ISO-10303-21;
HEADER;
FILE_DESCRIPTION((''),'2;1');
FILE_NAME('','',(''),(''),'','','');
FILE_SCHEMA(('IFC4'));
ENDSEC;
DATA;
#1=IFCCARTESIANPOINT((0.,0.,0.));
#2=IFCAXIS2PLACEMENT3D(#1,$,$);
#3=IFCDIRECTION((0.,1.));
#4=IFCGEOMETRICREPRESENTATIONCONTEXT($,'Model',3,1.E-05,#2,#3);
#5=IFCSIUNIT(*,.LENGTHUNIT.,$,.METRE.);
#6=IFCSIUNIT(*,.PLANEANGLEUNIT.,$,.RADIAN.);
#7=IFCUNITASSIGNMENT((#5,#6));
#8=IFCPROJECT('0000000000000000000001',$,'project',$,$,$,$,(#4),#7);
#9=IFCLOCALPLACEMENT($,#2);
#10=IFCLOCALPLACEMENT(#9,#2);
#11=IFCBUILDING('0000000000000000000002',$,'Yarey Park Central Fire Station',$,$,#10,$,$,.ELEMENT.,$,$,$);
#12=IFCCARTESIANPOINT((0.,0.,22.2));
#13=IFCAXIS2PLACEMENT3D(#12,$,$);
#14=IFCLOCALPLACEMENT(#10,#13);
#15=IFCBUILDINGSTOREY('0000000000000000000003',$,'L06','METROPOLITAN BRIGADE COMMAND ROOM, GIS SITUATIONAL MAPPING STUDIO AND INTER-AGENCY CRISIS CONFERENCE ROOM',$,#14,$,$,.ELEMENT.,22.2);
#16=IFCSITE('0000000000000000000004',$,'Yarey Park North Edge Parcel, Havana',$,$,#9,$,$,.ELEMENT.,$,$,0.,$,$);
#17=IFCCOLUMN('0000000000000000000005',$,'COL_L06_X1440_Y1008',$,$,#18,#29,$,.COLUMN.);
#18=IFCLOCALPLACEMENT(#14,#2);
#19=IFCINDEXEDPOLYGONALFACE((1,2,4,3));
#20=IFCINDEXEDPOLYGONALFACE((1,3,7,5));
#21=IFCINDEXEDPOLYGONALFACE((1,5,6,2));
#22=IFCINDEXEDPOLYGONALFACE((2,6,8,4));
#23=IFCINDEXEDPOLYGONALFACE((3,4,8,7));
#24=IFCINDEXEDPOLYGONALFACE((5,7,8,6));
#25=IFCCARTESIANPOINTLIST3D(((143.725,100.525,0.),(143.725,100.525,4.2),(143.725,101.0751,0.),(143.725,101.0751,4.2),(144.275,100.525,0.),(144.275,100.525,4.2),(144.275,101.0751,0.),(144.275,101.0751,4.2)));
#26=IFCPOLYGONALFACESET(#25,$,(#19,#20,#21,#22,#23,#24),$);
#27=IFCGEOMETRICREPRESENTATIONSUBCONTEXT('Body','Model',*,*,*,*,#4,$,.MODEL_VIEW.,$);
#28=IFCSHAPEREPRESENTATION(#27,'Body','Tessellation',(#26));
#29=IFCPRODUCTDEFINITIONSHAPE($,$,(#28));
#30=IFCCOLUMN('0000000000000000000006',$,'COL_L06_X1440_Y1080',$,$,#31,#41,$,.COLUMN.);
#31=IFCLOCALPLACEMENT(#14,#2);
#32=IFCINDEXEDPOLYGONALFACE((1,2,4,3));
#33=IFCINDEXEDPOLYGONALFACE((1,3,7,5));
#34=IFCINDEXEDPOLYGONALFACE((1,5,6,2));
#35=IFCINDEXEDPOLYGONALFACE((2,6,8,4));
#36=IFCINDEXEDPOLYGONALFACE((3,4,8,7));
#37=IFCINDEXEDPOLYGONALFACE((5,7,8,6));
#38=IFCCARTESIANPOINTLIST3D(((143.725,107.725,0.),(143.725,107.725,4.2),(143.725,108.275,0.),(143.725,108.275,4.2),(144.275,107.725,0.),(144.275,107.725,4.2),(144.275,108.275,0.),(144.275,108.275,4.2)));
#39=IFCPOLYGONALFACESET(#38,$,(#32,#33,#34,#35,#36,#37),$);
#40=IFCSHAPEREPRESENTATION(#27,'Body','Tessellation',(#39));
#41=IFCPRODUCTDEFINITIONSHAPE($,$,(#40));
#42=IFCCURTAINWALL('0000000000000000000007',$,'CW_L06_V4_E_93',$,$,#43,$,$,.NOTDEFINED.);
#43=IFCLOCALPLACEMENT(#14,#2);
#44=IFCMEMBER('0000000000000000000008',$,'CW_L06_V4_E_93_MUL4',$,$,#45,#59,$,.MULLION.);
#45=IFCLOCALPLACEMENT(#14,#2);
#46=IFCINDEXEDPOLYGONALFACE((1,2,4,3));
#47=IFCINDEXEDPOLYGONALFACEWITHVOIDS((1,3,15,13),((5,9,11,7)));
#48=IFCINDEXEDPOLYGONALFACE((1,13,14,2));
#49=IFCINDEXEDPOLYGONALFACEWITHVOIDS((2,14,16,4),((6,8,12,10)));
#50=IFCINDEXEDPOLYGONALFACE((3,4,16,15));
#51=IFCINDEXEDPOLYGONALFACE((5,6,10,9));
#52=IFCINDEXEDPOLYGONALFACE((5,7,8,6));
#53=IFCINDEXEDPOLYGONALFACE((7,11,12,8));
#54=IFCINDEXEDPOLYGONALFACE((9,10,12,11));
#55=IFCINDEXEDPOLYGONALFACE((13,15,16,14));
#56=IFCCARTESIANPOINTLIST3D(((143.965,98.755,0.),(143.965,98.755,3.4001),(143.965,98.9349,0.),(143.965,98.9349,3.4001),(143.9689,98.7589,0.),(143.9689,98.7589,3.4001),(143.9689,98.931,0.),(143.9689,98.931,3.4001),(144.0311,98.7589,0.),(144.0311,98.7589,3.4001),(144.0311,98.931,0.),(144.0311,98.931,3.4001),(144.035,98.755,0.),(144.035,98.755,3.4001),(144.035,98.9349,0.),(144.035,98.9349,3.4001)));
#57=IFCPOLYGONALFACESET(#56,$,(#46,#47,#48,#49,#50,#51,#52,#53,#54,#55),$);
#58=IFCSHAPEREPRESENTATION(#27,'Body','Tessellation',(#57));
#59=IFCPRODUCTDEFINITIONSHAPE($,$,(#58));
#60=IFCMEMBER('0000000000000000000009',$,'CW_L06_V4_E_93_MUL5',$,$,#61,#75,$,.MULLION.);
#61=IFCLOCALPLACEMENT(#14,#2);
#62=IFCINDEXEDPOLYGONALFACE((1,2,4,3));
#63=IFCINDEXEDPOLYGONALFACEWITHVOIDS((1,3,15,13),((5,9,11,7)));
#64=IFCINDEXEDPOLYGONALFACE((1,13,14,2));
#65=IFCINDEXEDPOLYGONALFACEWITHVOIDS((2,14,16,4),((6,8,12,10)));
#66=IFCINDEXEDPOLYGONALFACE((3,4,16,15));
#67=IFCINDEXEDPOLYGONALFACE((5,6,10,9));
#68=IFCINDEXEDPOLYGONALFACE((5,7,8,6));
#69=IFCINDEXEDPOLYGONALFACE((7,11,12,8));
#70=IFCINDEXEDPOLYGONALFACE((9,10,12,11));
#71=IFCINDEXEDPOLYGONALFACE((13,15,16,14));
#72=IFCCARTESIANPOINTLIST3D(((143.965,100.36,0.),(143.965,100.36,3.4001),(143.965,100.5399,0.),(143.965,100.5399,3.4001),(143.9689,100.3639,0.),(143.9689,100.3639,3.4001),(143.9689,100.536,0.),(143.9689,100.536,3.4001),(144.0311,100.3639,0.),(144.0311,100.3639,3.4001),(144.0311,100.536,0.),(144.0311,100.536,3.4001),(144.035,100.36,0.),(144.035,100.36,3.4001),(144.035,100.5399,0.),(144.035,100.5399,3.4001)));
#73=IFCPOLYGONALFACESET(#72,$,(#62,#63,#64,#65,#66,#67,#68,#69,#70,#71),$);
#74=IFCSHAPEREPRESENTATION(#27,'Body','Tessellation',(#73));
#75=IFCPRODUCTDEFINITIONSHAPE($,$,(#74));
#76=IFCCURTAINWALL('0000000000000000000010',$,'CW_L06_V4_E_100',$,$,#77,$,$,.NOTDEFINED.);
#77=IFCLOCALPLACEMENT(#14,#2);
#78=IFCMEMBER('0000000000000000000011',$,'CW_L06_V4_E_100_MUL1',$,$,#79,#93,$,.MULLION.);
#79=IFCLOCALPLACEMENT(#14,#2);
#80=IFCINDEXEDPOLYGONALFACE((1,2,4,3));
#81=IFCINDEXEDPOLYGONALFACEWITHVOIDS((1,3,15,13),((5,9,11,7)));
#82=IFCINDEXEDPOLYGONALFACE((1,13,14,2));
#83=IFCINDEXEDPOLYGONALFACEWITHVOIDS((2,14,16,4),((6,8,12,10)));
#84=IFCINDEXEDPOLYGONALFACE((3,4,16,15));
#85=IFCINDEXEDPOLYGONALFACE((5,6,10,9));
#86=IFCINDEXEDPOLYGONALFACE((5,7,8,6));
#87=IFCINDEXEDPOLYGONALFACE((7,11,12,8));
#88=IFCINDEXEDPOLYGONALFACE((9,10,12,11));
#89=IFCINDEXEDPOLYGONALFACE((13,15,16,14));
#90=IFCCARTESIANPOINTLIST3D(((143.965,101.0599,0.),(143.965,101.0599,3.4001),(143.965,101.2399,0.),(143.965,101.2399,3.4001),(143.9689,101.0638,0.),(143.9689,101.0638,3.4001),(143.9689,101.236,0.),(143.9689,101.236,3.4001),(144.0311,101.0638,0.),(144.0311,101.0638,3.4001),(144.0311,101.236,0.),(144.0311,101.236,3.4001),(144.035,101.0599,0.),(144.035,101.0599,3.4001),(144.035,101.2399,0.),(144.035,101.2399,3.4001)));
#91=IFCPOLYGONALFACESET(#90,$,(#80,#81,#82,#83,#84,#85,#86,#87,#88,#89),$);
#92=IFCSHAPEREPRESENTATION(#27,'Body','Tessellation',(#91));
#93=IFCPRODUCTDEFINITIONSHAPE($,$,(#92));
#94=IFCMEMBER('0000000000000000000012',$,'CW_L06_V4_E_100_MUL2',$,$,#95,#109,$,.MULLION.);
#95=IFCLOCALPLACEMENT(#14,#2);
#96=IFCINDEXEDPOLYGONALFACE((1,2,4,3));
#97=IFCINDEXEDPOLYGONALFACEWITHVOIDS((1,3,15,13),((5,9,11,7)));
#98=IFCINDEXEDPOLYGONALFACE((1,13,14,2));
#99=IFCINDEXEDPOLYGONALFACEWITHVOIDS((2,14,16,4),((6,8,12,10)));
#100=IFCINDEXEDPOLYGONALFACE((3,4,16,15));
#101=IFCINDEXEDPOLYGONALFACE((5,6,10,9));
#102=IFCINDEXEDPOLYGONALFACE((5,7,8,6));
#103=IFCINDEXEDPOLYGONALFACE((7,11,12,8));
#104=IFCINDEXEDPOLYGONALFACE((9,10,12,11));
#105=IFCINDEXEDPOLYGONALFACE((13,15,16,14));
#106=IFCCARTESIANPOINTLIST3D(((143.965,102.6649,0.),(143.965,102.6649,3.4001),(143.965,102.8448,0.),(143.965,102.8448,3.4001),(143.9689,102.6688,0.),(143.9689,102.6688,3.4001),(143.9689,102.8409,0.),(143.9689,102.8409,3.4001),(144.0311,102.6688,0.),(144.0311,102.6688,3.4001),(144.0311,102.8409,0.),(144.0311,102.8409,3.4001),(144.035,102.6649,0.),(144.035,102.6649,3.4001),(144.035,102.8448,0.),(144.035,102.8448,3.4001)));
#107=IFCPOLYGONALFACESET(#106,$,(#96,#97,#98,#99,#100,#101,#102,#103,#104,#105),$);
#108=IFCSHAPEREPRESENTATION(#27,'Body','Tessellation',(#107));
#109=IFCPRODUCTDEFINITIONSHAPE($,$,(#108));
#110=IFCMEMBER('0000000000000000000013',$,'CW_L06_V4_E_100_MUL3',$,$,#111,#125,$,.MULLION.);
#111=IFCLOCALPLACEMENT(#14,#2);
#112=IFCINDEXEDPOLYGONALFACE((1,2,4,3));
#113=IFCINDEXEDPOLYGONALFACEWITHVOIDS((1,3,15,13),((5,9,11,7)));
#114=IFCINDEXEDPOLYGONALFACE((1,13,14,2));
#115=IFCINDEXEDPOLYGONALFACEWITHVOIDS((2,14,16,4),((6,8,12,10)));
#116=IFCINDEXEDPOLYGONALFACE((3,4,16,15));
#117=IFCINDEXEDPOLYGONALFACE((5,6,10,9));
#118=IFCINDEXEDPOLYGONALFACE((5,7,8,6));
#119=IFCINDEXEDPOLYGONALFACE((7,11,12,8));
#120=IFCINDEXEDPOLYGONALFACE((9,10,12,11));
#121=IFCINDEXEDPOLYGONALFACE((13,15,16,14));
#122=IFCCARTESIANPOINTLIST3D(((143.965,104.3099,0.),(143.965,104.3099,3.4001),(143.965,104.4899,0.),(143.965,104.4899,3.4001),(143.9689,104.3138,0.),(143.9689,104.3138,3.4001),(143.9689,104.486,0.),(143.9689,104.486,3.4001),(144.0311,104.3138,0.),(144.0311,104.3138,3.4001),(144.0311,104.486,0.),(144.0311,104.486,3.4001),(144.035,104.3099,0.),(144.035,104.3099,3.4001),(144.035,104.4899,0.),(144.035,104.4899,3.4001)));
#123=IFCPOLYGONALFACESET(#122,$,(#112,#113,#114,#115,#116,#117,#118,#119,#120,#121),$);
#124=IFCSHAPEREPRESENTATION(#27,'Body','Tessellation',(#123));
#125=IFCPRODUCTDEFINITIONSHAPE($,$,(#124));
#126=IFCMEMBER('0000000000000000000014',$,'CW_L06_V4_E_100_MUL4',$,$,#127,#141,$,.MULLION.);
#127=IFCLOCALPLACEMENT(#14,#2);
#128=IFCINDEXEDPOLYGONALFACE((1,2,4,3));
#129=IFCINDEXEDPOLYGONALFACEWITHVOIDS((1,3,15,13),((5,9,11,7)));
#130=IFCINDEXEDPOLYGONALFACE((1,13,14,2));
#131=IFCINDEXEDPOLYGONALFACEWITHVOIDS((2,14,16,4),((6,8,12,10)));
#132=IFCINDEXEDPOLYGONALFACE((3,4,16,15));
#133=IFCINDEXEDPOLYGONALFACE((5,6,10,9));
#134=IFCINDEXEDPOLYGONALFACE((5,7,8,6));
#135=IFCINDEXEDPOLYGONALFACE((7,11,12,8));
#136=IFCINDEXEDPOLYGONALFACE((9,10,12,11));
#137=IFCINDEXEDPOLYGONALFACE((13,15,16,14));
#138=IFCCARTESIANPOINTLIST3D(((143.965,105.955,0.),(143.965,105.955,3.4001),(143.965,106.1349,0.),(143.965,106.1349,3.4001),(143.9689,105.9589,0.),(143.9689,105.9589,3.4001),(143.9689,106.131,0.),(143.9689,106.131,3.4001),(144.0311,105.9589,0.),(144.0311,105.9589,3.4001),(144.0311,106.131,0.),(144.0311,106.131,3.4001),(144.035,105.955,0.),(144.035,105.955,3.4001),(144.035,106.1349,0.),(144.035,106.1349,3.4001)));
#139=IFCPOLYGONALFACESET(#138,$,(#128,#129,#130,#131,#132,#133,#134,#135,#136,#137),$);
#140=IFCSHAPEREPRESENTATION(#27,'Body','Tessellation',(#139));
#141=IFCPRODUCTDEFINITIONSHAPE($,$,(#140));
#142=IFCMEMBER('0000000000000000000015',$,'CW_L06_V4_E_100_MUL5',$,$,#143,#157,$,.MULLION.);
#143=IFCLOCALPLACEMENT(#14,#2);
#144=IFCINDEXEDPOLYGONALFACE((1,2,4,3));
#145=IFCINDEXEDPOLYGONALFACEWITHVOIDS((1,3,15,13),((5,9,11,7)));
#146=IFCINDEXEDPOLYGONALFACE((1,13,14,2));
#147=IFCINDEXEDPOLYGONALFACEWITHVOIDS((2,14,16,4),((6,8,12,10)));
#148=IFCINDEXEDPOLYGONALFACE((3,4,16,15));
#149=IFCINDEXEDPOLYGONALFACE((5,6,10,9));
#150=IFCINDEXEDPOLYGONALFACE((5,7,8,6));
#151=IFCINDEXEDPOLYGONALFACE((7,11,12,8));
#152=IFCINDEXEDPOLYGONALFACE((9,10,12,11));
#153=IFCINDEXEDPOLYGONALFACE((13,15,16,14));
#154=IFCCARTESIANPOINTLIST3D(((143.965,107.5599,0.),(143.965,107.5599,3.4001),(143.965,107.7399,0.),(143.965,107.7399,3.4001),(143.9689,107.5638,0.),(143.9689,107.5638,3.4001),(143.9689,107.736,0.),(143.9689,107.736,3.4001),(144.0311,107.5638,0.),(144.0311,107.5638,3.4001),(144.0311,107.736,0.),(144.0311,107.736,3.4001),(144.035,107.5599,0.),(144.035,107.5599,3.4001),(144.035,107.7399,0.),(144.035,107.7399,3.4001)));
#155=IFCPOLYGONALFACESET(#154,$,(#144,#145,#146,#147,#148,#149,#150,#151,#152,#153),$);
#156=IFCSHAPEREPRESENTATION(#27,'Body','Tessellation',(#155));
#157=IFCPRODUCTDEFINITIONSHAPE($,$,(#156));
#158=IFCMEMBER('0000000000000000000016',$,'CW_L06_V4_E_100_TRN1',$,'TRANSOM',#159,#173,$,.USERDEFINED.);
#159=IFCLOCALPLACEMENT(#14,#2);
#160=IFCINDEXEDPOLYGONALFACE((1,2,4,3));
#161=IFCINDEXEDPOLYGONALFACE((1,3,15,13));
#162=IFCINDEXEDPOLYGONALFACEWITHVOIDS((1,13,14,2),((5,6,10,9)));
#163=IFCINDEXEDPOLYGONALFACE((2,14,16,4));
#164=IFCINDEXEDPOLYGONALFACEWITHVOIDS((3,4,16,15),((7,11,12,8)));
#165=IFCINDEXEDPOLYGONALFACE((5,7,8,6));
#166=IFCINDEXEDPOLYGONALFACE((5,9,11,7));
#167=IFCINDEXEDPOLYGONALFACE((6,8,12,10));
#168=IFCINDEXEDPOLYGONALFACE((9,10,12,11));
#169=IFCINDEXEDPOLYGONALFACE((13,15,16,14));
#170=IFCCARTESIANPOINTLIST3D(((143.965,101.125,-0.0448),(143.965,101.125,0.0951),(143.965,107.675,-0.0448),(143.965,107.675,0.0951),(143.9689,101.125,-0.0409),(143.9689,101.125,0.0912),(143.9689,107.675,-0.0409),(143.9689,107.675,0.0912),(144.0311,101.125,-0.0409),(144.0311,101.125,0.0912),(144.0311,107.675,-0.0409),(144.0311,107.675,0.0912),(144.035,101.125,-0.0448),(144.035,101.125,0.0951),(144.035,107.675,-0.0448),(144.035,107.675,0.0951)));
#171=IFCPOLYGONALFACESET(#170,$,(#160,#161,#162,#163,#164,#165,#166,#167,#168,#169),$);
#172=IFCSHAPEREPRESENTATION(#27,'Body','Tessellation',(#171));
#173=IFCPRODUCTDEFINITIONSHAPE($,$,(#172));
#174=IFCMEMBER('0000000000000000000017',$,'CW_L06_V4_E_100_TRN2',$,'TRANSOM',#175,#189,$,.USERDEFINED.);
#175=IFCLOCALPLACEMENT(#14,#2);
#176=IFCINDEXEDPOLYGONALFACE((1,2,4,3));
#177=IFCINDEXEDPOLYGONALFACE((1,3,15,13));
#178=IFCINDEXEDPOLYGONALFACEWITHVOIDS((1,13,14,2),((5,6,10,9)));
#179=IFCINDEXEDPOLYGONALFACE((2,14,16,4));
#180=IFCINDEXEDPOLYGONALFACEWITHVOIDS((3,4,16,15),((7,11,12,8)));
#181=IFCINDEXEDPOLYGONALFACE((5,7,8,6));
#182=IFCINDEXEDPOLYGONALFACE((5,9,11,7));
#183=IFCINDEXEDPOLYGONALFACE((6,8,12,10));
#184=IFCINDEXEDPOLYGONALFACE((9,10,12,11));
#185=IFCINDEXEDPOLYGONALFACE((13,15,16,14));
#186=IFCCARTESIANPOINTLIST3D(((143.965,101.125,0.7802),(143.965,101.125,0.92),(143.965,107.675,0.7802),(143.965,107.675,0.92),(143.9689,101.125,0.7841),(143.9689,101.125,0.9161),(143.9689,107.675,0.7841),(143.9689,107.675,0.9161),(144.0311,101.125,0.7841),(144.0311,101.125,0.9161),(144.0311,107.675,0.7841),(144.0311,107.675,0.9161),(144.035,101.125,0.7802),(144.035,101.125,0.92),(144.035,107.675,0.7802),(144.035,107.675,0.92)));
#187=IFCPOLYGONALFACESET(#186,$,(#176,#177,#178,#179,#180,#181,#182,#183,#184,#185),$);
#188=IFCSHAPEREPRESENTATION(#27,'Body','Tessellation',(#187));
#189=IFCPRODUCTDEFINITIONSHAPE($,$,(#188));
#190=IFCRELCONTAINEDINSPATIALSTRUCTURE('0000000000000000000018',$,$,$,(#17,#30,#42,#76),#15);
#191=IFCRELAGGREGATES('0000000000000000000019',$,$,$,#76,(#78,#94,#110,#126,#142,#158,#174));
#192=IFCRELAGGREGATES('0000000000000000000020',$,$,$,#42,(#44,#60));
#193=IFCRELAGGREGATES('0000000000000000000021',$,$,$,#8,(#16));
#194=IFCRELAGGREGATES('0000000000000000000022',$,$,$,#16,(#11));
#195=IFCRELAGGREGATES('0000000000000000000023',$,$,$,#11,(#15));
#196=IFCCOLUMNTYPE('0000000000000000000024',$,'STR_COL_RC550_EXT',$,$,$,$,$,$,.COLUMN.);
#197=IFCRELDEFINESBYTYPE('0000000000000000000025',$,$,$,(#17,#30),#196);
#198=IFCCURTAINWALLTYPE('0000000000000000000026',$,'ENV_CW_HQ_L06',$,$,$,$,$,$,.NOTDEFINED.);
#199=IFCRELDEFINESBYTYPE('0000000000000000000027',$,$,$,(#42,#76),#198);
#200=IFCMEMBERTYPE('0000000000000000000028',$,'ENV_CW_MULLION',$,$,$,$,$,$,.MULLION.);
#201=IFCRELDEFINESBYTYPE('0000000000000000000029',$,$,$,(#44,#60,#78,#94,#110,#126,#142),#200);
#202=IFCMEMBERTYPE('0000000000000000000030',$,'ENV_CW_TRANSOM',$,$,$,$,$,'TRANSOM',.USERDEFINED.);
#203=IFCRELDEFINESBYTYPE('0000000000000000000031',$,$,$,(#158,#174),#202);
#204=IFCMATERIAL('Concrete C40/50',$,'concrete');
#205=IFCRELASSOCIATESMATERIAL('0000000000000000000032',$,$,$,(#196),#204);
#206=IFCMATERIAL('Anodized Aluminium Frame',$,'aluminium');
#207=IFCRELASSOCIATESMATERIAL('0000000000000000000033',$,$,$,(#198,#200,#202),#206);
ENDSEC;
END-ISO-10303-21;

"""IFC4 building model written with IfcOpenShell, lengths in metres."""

from ifc_helpers import new_model, si_unit, direction, frame, origin, origin_2d, place, context, subcontext, project, spatial, rectangle, hollow_rectangle, extrude, material, material_profile, profile_set, type_object, element, aggregate, save


model = new_model("IFC4")

# Units and contexts
model_context = context("Model", 3, precision=1e-05, world=origin(), true_north=direction((0.0, 1.0)))
body_context = subcontext(model_context, "Body", "Model", "MODEL_VIEW")
ifc_project = project(units=[si_unit("LENGTHUNIT", "METRE"), si_unit("PLANEANGLEUNIT", "RADIAN")], contexts=[model_context])

# Site, building, storey
site_placement = place(None, origin())
site = spatial("IfcSite", under=ifc_project, at=site_placement, Name="Yarey Park North Edge Parcel, Havana", CompositionType="ELEMENT", RefElevation=0.0)
building_placement = place(site_placement, origin())
building = spatial("IfcBuilding", under=site, at=building_placement, Name="Yarey Park Central Fire Station", CompositionType="ELEMENT")
storey_placement = place(building_placement, frame((0.0, 0.0, 22.2)))
storey = spatial("IfcBuildingStorey", under=building, at=storey_placement, Name="L06", Description="METROPOLITAN BRIGADE COMMAND ROOM, GIS SITUATIONAL MAPPING STUDIO AND INTER-AGENCY CRISIS CONFERENCE ROOM", CompositionType="ELEMENT", Elevation=22.2)

# Columns
ifc_material_1 = material(Name="Concrete C40/50", Category="concrete")
ifc_material_profile_1 = material_profile(ifc_material_1, rectangle(XDim=0.55, YDim=0.55, at=origin_2d()), Name="RC 550x550")
ifc_profile_set_1 = profile_set([ifc_material_profile_1], Name="Concrete C40/50")
column_type = type_object("IfcColumnType", Name="STR_COL_RC550_EXT", PredefinedType="COLUMN", material=ifc_profile_set_1)
for number, where, z_axis, x_axis, name in (
    (1, (144.0, 100.8, 0.0), (0.0, 0.0, 1.0), (1.0, 0.0, 0.0), "COL_L06_X1440_Y1008"),
    (2, (144.0, 108.0, 0.0), (0.0, 0.0, 1.0), (1.0, 0.0, 0.0), "COL_L06_X1440_Y1080"),
):
    element("IfcColumn", number, at=place(storey_placement, frame(where, z_axis=z_axis, x_axis=x_axis)), inside=storey, type_object=column_type, Name=name, PredefinedType="COLUMN", context=body_context, shape_type="SweptSolid", body=[
        extrude(rectangle(XDim=0.55, YDim=0.55, at=origin_2d()), origin(), (0.0, 0.0, 1.0), 4.2),
    ])

# Curtain walls, members
ifc_material_2 = material(Name="Anodized Aluminium Frame", Category="aluminium")
curtain_wall_type = type_object("IfcCurtainWallType", Name="ENV_CW_HQ_L06", PredefinedType="NOTDEFINED", material=ifc_material_2)
curtain_wall_1_placement = place(storey_placement, origin())
curtain_wall_1 = element("IfcCurtainWall", 3, at=curtain_wall_1_placement, inside=storey, type_object=curtain_wall_type, Name="CW_L06_V4_E_93", PredefinedType="NOTDEFINED")
ifc_material_profile_2 = material_profile(ifc_material_2, hollow_rectangle(XDim=0.0701, YDim=0.1799, WallThickness=0.0039, at=origin_2d()), Name="ALU 180x70x4")
ifc_profile_set_2 = profile_set([ifc_material_profile_2], Name="Anodized Aluminium Frame")
member_type_1 = type_object("IfcMemberType", Name="ENV_CW_MULLION", PredefinedType="MULLION", material=ifc_profile_set_2)
member_1_placement = place(storey_placement, frame((144.0, 98.845, 0.0), z_axis=(0.0, 0.0, 1.0), x_axis=(1.0, 0.0, 0.0)))
member_1 = element("IfcMember", 4, at=member_1_placement, type_object=member_type_1, Name="CW_L06_V4_E_93_MUL4", PredefinedType="MULLION", context=body_context, shape_type="SweptSolid", body=[
    extrude(hollow_rectangle(XDim=0.0701, YDim=0.1799, WallThickness=0.0039, at=origin_2d()), origin(), (0.0, 0.0, 1.0), 3.4001),
])
member_2_placement = place(storey_placement, frame((144.0, 100.45, 0.0), z_axis=(0.0, 0.0, 1.0), x_axis=(1.0, 0.0, 0.0)))
member_2 = element("IfcMember", 5, at=member_2_placement, type_object=member_type_1, Name="CW_L06_V4_E_93_MUL5", PredefinedType="MULLION", context=body_context, shape_type="SweptSolid", body=[
    extrude(hollow_rectangle(XDim=0.0701, YDim=0.1799, WallThickness=0.0039, at=origin_2d()), origin(), (0.0, 0.0, 1.0), 3.4001),
])
curtain_wall_2_placement = place(storey_placement, origin())
curtain_wall_2 = element("IfcCurtainWall", 6, at=curtain_wall_2_placement, inside=storey, type_object=curtain_wall_type, Name="CW_L06_V4_E_100", PredefinedType="NOTDEFINED")
member_3_placement = place(storey_placement, frame((144.0, 101.1499, 0.0), z_axis=(0.0, 0.0, 1.0), x_axis=(1.0, 0.0, 0.0)))
member_3 = element("IfcMember", 7, at=member_3_placement, type_object=member_type_1, Name="CW_L06_V4_E_100_MUL1", PredefinedType="MULLION", context=body_context, shape_type="SweptSolid", body=[
    extrude(hollow_rectangle(XDim=0.0701, YDim=0.1799, WallThickness=0.0039, at=origin_2d()), origin(), (0.0, 0.0, 1.0), 3.4001),
])
member_4_placement = place(storey_placement, frame((144.0, 102.7549, 0.0), z_axis=(0.0, 0.0, 1.0), x_axis=(1.0, 0.0, 0.0)))
member_4 = element("IfcMember", 8, at=member_4_placement, type_object=member_type_1, Name="CW_L06_V4_E_100_MUL2", PredefinedType="MULLION", context=body_context, shape_type="SweptSolid", body=[
    extrude(hollow_rectangle(XDim=0.0701, YDim=0.1799, WallThickness=0.0039, at=origin_2d()), origin(), (0.0, 0.0, 1.0), 3.4001),
])
member_5_placement = place(storey_placement, frame((144.0, 104.3999, 0.0), z_axis=(0.0, 0.0, 1.0), x_axis=(1.0, 0.0, 0.0)))
member_5 = element("IfcMember", 9, at=member_5_placement, type_object=member_type_1, Name="CW_L06_V4_E_100_MUL3", PredefinedType="MULLION", context=body_context, shape_type="SweptSolid", body=[
    extrude(hollow_rectangle(XDim=0.0701, YDim=0.1799, WallThickness=0.0039, at=origin_2d()), origin(), (0.0, 0.0, 1.0), 3.4001),
])
member_6_placement = place(storey_placement, frame((144.0, 106.0449, 0.0), z_axis=(0.0, 0.0, 1.0), x_axis=(1.0, 0.0, 0.0)))
member_6 = element("IfcMember", 10, at=member_6_placement, type_object=member_type_1, Name="CW_L06_V4_E_100_MUL4", PredefinedType="MULLION", context=body_context, shape_type="SweptSolid", body=[
    extrude(hollow_rectangle(XDim=0.0701, YDim=0.1799, WallThickness=0.0039, at=origin_2d()), origin(), (0.0, 0.0, 1.0), 3.4001),
])
member_7_placement = place(storey_placement, frame((144.0, 107.6499, 0.0), z_axis=(0.0, 0.0, 1.0), x_axis=(1.0, 0.0, 0.0)))
member_7 = element("IfcMember", 11, at=member_7_placement, type_object=member_type_1, Name="CW_L06_V4_E_100_MUL5", PredefinedType="MULLION", context=body_context, shape_type="SweptSolid", body=[
    extrude(hollow_rectangle(XDim=0.0701, YDim=0.1799, WallThickness=0.0039, at=origin_2d()), origin(), (0.0, 0.0, 1.0), 3.4001),
])
ifc_material_profile_3 = material_profile(ifc_material_2, hollow_rectangle(XDim=0.0701, YDim=0.1399, WallThickness=0.0039, at=origin_2d()), Name="ALU 140x70x4")
ifc_profile_set_3 = profile_set([ifc_material_profile_3], Name="Anodized Aluminium Frame")
member_type_2 = type_object("IfcMemberType", Name="ENV_CW_TRANSOM", ElementType="TRANSOM", PredefinedType="USERDEFINED", material=ifc_profile_set_3)
member_8_placement = place(storey_placement, frame((144.0, 101.125, 0.0251), z_axis=(0.0, 1.0, 0.0), x_axis=(-1.0, 0.0, 0.0)))
member_8 = element("IfcMember", 12, at=member_8_placement, type_object=member_type_2, Name="CW_L06_V4_E_100_TRN1", ObjectType="TRANSOM", PredefinedType="USERDEFINED", context=body_context, shape_type="SweptSolid", body=[
    extrude(hollow_rectangle(XDim=0.0701, YDim=0.1399, WallThickness=0.0039, at=origin_2d()), origin(), (0.0, 0.0, 1.0), 6.55),
])
member_9_placement = place(storey_placement, frame((144.0, 101.125, 0.8501), z_axis=(0.0, 1.0, 0.0), x_axis=(-1.0, 0.0, 0.0)))
member_9 = element("IfcMember", 13, at=member_9_placement, type_object=member_type_2, Name="CW_L06_V4_E_100_TRN2", ObjectType="TRANSOM", PredefinedType="USERDEFINED", context=body_context, shape_type="SweptSolid", body=[
    extrude(hollow_rectangle(XDim=0.0701, YDim=0.1399, WallThickness=0.0039, at=origin_2d()), origin(), (0.0, 0.0, 1.0), 6.55),
])

aggregate(curtain_wall_2, [member_3, member_4, member_5, member_6, member_7, member_8, member_9])
aggregate(curtain_wall_1, [member_1, member_2])

save(model, "model.ifc")
